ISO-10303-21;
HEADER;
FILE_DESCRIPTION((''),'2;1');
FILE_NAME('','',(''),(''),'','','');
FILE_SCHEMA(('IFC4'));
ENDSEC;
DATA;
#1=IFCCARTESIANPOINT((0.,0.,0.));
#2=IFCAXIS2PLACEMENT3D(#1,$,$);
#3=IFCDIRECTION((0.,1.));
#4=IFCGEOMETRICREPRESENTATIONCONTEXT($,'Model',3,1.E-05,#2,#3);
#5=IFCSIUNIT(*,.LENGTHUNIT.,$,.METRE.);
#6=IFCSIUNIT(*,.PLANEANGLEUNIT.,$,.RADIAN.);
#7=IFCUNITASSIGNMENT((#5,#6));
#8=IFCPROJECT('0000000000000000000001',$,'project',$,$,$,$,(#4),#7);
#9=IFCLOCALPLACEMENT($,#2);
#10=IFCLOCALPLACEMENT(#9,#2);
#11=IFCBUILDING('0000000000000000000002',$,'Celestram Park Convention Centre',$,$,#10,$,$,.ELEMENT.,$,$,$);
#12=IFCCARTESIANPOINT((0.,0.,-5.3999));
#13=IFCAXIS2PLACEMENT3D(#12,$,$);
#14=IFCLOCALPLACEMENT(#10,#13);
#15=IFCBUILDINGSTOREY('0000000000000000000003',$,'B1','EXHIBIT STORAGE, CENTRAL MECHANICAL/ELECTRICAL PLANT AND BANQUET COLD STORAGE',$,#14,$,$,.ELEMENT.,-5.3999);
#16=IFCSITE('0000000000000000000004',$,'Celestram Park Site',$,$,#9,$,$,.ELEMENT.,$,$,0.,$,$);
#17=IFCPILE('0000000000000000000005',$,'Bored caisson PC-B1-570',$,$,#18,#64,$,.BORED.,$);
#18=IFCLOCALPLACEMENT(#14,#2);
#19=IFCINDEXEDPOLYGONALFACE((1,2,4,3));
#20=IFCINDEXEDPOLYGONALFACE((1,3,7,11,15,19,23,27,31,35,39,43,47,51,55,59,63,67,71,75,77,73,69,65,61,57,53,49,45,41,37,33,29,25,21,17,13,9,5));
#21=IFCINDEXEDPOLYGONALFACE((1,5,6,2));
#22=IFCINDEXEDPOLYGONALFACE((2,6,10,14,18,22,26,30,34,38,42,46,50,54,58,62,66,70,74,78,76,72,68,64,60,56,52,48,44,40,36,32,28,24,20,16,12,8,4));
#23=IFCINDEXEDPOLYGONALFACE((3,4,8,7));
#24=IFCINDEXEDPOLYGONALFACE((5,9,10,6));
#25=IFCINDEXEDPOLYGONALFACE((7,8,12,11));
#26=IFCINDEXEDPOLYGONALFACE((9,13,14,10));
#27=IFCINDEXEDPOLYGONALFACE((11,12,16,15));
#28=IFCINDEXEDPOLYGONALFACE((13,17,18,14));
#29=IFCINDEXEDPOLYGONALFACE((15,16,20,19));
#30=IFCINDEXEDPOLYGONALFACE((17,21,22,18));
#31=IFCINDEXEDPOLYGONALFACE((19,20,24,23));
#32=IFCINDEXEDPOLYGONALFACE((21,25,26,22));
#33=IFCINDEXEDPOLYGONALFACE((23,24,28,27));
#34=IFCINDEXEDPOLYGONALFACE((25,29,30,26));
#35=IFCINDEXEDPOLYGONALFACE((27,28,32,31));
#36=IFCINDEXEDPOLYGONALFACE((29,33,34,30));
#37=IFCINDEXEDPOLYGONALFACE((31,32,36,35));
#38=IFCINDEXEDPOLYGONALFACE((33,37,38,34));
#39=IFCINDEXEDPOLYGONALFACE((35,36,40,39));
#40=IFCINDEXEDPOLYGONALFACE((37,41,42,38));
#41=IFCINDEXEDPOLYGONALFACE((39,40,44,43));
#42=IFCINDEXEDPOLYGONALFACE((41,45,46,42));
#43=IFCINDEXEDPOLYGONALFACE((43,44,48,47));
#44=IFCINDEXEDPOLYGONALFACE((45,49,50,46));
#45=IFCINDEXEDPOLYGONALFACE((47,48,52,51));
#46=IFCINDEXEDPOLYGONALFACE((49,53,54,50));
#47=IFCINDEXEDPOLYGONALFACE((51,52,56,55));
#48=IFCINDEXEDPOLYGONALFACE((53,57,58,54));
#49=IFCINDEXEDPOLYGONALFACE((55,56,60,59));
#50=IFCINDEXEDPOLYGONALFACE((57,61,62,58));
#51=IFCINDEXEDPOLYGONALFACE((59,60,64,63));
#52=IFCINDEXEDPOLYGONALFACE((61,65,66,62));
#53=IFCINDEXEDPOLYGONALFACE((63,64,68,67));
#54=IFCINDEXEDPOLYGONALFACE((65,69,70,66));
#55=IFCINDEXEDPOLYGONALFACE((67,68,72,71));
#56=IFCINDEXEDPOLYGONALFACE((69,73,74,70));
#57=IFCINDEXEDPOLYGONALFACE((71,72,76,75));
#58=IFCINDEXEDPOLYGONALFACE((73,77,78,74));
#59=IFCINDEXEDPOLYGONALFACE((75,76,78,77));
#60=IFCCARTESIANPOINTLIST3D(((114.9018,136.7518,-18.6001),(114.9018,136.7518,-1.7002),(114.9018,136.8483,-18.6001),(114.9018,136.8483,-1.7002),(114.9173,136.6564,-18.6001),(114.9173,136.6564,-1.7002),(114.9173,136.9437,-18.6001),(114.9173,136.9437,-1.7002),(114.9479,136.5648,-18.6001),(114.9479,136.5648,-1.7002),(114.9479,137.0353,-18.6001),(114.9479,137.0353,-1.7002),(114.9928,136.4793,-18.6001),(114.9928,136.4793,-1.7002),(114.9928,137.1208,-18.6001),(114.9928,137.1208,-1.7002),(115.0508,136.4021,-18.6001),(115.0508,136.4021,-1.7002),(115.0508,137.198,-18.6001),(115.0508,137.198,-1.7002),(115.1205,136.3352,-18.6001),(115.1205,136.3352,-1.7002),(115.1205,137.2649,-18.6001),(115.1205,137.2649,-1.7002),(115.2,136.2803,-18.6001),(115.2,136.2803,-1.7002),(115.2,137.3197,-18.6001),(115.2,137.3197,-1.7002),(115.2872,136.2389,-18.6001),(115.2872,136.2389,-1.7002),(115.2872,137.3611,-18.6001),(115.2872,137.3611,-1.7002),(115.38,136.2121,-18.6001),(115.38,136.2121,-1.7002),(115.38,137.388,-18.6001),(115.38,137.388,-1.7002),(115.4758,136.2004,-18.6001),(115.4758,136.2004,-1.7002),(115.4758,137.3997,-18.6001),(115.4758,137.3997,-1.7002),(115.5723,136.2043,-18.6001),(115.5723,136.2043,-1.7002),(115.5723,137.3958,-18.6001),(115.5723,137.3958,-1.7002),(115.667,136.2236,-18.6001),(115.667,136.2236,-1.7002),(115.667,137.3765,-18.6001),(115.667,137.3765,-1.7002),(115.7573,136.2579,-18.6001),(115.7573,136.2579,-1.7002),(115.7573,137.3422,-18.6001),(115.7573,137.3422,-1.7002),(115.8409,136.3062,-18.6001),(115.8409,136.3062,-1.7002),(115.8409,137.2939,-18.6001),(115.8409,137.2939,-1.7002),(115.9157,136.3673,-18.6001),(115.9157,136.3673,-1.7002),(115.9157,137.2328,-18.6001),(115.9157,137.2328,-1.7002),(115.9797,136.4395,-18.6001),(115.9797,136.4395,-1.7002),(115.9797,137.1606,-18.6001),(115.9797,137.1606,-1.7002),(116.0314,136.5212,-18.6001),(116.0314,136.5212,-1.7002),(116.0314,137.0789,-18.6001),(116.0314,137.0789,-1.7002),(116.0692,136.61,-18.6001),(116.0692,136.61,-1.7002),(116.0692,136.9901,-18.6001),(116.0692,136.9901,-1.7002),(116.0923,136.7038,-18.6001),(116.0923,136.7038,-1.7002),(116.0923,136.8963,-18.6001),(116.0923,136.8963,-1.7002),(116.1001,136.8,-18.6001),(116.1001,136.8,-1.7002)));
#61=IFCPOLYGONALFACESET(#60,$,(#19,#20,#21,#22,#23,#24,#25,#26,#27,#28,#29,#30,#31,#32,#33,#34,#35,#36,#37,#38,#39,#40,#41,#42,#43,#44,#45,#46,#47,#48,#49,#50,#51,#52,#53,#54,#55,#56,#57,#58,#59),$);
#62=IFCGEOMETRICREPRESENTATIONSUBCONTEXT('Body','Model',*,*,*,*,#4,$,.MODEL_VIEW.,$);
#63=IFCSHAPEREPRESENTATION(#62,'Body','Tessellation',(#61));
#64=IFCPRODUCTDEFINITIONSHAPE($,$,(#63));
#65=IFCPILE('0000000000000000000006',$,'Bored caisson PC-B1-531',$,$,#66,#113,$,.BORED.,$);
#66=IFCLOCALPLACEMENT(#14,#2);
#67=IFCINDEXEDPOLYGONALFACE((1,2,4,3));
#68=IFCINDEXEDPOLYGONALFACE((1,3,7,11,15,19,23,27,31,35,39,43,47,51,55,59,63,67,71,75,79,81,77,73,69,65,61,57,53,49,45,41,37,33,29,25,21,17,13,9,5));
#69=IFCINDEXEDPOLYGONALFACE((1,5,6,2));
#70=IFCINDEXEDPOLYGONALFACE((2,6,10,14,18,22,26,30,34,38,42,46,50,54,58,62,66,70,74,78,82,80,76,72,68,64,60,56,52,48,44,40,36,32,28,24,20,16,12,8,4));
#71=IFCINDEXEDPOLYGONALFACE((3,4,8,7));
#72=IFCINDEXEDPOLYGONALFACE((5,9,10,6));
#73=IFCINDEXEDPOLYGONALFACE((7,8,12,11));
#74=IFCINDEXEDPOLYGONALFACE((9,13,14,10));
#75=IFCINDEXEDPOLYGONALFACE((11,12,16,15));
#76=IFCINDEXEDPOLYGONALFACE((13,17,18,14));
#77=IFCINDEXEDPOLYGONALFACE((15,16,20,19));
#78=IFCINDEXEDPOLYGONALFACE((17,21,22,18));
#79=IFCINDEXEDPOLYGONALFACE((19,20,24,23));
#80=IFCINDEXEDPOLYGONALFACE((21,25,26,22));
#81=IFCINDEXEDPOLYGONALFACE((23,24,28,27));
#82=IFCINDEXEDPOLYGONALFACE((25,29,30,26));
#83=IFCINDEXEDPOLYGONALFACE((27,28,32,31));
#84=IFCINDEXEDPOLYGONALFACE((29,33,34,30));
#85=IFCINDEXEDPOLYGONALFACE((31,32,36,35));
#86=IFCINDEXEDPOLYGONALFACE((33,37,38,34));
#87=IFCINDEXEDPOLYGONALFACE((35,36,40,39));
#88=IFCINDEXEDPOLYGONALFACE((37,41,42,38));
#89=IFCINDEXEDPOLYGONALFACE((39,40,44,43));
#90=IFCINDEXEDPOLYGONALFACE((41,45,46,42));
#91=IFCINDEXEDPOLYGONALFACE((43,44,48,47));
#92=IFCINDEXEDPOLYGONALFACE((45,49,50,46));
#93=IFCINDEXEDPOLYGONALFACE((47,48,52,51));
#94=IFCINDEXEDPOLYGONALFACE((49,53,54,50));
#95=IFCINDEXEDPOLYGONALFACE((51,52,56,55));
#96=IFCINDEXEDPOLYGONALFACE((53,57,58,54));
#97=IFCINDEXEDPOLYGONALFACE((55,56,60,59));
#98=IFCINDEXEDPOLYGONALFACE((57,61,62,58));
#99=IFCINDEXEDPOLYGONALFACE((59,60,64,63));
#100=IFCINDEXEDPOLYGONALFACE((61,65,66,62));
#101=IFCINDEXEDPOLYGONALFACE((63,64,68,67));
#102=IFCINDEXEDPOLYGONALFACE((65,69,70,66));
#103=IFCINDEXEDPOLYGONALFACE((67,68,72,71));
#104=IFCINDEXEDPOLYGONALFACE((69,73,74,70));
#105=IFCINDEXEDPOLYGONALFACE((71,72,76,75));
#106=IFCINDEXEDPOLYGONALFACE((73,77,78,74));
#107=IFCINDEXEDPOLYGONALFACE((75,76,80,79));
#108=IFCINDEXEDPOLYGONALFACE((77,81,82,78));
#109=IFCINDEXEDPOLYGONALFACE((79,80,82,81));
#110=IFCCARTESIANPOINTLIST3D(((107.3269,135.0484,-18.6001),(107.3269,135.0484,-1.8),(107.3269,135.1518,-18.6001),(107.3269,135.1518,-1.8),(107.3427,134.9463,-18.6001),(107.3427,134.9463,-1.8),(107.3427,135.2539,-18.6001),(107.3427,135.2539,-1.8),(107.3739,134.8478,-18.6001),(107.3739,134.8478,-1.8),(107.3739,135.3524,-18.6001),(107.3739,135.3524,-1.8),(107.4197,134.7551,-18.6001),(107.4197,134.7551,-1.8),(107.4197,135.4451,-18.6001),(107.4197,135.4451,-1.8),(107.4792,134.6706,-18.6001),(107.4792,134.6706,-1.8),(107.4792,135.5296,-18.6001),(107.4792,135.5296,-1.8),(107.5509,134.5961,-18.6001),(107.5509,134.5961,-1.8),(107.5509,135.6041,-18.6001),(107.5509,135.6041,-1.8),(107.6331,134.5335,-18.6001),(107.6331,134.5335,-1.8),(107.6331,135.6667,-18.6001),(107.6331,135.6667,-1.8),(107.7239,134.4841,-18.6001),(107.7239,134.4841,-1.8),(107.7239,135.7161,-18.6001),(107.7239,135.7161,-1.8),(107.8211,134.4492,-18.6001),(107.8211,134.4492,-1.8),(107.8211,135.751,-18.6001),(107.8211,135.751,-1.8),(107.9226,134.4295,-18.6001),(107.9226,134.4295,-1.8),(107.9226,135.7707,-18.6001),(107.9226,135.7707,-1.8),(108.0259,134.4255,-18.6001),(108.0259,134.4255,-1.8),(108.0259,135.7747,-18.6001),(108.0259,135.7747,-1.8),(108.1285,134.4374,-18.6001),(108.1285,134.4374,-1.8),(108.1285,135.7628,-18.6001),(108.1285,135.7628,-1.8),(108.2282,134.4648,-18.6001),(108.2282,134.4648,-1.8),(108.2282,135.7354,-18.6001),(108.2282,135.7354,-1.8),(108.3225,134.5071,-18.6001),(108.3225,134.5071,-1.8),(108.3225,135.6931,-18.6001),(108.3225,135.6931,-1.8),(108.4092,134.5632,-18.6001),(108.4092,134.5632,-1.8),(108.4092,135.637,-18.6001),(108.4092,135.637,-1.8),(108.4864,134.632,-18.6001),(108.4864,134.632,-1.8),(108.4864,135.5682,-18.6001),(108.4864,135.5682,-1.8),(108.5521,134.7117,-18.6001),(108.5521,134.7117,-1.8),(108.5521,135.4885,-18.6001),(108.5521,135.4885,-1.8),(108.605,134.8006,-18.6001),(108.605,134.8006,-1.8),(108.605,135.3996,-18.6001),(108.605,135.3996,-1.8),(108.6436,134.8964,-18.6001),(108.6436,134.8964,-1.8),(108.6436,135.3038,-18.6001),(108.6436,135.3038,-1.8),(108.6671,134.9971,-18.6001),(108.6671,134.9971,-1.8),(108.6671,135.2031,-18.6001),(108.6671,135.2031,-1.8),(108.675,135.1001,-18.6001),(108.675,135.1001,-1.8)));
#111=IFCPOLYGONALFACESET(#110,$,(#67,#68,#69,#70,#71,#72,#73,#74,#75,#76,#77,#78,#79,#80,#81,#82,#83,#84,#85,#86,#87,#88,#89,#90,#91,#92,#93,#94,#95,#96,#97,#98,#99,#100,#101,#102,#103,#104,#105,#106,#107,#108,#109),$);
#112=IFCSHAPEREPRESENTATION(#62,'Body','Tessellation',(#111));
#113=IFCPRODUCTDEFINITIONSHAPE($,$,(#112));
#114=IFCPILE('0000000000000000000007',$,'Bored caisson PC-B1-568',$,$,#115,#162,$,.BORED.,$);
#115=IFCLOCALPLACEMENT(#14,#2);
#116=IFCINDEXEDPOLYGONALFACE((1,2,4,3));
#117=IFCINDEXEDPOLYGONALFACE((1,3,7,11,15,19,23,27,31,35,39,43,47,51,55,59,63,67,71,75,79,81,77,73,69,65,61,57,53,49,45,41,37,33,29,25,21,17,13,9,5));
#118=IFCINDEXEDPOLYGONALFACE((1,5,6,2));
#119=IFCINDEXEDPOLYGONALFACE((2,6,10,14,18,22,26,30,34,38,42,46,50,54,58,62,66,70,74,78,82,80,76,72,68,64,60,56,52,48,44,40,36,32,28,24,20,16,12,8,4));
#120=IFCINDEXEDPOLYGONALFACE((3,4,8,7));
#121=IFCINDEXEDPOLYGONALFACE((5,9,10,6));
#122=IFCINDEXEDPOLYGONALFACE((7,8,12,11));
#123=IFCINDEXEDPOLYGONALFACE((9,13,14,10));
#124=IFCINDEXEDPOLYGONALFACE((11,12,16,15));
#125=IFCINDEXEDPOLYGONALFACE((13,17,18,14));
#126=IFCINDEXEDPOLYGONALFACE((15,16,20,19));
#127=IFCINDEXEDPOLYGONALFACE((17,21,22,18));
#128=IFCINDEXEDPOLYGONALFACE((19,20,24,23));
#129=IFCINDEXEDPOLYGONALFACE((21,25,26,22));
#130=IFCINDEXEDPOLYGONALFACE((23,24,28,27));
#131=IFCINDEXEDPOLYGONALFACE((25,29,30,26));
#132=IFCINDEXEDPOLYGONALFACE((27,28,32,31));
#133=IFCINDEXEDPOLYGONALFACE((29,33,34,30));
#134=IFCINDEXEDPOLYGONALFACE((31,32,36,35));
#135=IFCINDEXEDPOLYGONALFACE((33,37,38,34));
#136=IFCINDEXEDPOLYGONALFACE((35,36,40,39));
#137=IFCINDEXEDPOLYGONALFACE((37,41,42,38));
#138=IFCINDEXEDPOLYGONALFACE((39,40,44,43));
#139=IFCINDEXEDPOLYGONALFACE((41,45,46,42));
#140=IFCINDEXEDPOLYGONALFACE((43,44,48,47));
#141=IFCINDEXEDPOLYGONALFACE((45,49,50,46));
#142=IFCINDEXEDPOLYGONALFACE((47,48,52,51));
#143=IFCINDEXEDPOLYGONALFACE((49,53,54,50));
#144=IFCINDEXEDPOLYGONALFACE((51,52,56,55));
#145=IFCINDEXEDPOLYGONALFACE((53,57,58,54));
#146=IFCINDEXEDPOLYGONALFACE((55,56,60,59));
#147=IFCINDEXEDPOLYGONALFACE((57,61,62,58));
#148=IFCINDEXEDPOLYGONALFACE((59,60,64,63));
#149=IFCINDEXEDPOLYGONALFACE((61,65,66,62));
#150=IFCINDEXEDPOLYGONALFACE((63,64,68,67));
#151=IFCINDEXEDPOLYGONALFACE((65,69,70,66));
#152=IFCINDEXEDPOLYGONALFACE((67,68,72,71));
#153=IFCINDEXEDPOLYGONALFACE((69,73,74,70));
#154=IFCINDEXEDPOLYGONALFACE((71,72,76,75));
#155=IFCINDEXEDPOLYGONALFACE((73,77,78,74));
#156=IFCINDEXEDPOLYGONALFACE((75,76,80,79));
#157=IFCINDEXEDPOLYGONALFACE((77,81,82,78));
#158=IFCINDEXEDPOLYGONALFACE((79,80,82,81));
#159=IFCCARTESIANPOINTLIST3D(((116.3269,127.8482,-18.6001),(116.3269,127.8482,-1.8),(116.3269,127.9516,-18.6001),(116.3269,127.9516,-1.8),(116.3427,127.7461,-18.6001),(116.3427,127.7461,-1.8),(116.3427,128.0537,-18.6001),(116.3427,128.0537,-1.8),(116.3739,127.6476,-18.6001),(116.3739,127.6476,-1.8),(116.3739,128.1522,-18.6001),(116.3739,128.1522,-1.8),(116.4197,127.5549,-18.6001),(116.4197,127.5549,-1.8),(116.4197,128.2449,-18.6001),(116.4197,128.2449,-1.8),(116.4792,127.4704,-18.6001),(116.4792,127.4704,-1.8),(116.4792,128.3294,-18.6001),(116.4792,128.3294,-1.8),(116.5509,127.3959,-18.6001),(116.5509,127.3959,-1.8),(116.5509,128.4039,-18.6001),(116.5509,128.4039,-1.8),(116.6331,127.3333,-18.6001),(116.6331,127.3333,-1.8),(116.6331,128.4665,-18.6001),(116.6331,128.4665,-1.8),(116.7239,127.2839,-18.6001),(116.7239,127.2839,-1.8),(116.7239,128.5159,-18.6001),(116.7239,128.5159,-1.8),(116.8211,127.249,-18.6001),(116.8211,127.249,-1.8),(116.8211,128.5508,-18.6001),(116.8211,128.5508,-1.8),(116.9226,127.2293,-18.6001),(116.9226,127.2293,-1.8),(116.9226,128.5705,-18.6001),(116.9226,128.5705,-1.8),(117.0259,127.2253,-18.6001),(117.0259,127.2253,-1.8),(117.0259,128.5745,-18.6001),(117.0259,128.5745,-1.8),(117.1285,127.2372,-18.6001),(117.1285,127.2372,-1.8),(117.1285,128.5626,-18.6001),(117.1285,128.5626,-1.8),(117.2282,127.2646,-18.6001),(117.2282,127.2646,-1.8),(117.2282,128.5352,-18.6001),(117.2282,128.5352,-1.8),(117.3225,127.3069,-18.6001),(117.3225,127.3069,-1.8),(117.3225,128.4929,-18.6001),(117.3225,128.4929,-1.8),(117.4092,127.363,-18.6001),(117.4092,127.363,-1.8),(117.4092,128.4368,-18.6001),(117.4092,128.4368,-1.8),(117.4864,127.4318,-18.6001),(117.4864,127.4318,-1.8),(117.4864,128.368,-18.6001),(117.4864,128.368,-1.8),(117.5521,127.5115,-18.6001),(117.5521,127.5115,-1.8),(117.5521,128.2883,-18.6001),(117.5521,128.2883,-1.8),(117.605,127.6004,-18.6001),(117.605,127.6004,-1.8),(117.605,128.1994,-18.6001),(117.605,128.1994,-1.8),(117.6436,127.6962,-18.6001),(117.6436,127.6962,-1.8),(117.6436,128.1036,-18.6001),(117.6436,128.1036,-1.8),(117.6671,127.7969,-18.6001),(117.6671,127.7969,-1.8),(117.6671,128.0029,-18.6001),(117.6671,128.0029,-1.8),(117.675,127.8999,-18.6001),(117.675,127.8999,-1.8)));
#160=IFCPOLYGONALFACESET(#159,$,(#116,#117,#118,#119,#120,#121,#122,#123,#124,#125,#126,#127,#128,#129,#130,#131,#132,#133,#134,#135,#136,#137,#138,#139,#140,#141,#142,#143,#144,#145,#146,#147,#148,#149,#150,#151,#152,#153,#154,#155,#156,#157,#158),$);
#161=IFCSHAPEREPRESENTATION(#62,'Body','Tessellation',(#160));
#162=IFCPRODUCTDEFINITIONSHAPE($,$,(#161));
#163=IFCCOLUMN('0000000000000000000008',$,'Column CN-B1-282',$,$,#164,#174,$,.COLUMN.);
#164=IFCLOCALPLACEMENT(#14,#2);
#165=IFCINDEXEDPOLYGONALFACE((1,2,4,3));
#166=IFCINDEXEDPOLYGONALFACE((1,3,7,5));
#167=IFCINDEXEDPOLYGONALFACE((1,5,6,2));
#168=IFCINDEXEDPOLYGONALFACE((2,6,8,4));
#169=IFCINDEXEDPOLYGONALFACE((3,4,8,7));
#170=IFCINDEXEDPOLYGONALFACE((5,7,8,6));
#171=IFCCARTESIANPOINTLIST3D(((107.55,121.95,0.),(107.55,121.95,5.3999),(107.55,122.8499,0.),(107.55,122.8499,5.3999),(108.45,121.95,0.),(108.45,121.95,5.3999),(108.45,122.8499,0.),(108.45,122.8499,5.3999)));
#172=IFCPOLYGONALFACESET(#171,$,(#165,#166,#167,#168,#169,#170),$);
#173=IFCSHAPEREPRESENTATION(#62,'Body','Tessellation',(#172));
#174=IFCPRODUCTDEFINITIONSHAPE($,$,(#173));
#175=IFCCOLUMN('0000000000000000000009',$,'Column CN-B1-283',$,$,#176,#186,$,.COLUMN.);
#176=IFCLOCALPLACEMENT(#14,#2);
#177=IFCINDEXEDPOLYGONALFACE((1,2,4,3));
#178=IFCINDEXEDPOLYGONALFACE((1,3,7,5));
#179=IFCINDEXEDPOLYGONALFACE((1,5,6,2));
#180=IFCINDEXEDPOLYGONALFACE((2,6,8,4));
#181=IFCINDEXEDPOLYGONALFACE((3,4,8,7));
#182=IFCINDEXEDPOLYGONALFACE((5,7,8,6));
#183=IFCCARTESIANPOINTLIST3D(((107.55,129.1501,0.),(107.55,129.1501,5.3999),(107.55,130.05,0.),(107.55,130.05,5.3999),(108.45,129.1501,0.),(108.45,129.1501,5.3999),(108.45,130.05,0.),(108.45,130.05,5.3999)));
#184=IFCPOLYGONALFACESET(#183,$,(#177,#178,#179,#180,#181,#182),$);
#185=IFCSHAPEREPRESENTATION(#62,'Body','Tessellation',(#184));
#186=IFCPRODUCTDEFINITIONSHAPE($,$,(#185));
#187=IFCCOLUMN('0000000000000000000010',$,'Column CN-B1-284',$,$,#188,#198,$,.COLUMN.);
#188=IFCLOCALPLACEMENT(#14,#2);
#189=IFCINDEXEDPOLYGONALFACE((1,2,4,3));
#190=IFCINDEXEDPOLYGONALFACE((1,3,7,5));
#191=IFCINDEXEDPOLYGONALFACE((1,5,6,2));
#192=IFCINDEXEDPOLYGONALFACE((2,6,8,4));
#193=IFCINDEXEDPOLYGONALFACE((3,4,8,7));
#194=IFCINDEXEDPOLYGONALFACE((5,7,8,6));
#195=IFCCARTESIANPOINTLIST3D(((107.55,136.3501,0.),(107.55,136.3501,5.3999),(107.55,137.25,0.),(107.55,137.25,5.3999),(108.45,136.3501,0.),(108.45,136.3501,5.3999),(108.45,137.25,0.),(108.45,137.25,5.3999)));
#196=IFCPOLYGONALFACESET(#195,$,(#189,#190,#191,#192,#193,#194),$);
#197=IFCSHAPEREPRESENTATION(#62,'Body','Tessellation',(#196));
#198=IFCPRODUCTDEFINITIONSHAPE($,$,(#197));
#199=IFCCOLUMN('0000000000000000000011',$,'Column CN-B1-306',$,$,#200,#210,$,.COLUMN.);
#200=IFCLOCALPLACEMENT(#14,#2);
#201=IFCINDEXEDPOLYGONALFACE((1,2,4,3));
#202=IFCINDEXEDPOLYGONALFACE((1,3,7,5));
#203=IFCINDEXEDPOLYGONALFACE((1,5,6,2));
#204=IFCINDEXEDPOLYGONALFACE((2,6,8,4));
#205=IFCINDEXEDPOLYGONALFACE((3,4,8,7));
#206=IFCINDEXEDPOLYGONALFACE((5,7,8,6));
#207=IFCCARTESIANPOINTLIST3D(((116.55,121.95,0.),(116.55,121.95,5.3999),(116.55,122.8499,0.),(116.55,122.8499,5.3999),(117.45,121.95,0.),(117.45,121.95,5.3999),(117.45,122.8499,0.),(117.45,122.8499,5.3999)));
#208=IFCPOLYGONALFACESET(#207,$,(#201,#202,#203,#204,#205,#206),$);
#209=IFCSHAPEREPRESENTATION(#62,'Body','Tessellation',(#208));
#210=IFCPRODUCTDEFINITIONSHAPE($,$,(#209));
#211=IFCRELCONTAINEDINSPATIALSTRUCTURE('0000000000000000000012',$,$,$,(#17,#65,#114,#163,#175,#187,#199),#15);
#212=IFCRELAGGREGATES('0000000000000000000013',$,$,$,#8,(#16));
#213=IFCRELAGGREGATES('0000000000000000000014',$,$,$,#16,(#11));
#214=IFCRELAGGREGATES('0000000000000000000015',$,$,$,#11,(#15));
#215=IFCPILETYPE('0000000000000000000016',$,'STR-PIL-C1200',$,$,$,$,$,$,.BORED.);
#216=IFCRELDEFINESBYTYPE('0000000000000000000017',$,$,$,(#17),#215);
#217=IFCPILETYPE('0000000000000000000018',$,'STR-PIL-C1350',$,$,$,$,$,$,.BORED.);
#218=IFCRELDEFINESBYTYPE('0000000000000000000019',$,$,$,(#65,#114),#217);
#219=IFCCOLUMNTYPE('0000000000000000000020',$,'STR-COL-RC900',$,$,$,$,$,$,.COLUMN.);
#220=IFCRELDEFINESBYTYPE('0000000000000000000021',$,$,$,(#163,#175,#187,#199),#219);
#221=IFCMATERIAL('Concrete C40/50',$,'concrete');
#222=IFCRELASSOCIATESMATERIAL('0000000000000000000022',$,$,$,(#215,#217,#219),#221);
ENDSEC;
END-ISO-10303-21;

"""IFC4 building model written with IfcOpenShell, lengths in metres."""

from ifc_helpers import new_model, si_unit, direction, frame, origin, origin_2d, place, context, subcontext, project, spatial, rectangle, circle, extrude, material, material_profile, profile_set, type_object, element, save


model = new_model("IFC4")

# Units and contexts
model_context = context("Model", 3, precision=1e-05, world=origin(), true_north=direction((0.0, 1.0)))
body_context = subcontext(model_context, "Body", "Model", "MODEL_VIEW")
ifc_project = project(units=[si_unit("LENGTHUNIT", "METRE"), si_unit("PLANEANGLEUNIT", "RADIAN")], contexts=[model_context])

# Site, building, storey
site_placement = place(None, origin())
site = spatial("IfcSite", under=ifc_project, at=site_placement, Name="Celestram Park Site", CompositionType="ELEMENT", RefElevation=0.0)
building_placement = place(site_placement, origin())
building = spatial("IfcBuilding", under=site, at=building_placement, Name="Celestram Park Convention Centre", CompositionType="ELEMENT")
storey_placement = place(building_placement, frame((0.0, 0.0, -5.3999)))
storey = spatial("IfcBuildingStorey", under=building, at=storey_placement, Name="B1", Description="EXHIBIT STORAGE, CENTRAL MECHANICAL/ELECTRICAL PLANT AND BANQUET COLD STORAGE", CompositionType="ELEMENT", Elevation=-5.3999)

# Shared definitions
ifc_material_1 = material(Name="Concrete C40/50", Category="concrete")

# Piles
ifc_material_profile_1 = material_profile(ifc_material_1, circle(Radius=0.6001, at=origin_2d()), Name="CAISSON1200")
ifc_profile_set_1 = profile_set([ifc_material_profile_1], Name="Concrete C40/50")
pile_type_1 = type_object("IfcPileType", Name="STR-PIL-C1200", PredefinedType="BORED", material=ifc_profile_set_1)
pile_1_placement = place(storey_placement, frame((115.5, 136.8, -1.7002), z_axis=(0.0, 0.0, -1.0), x_axis=(1.0, 0.0, 0.0)))
element("IfcPile", 1, at=pile_1_placement, inside=storey, type_object=pile_type_1, Name="Bored caisson PC-B1-570", PredefinedType="BORED", context=body_context, shape_type="SweptSolid", body=[
    extrude(circle(Radius=0.6001, at=origin_2d()), origin(), (0.0, 0.0, 1.0), 16.8999),
])
ifc_material_profile_2 = material_profile(ifc_material_1, circle(Radius=0.675, at=origin_2d()), Name="CAISSON1350")
ifc_profile_set_2 = profile_set([ifc_material_profile_2], Name="Concrete C40/50")
pile_type_2 = type_object("IfcPileType", Name="STR-PIL-C1350", PredefinedType="BORED", material=ifc_profile_set_2)
for number, where, z_axis, x_axis, name in (
    (2, (108.0, 135.1001, -1.8), (0.0, 0.0, -1.0), (1.0, 0.0, 0.0), "Bored caisson PC-B1-531"),
    (3, (117.0, 127.8999, -1.8), (0.0, 0.0, -1.0), (1.0, 0.0, 0.0), "Bored caisson PC-B1-568"),
):
    element("IfcPile", number, at=place(storey_placement, frame(where, z_axis=z_axis, x_axis=x_axis)), inside=storey, type_object=pile_type_2, Name=name, PredefinedType="BORED", context=body_context, shape_type="SweptSolid", body=[
        extrude(circle(Radius=0.675, at=origin_2d()), origin(), (0.0, 0.0, 1.0), 16.8),
    ])

# Columns
ifc_material_profile_3 = material_profile(ifc_material_1, rectangle(XDim=0.8999, YDim=0.8999, at=origin_2d()), Name="RC900X900")
ifc_profile_set_3 = profile_set([ifc_material_profile_3], Name="Concrete C40/50")
column_type = type_object("IfcColumnType", Name="STR-COL-RC900", PredefinedType="COLUMN", material=ifc_profile_set_3)
for number, where, z_axis, x_axis, name in (
    (4, (108.0, 122.3999, 0.0), (0.0, 0.0, 1.0), (1.0, 0.0, 0.0), "Column CN-B1-282"),
    (5, (108.0, 129.6001, 0.0), (0.0, 0.0, 1.0), (1.0, 0.0, 0.0), "Column CN-B1-283"),
    (6, (108.0, 136.8, 0.0), (0.0, 0.0, 1.0), (1.0, 0.0, 0.0), "Column CN-B1-284"),
    (7, (117.0, 122.3999, 0.0), (0.0, 0.0, 1.0), (1.0, 0.0, 0.0), "Column CN-B1-306"),
):
    element("IfcColumn", number, at=place(storey_placement, frame(where, z_axis=z_axis, x_axis=x_axis)), inside=storey, type_object=column_type, Name=name, PredefinedType="COLUMN", context=body_context, shape_type="SweptSolid", body=[
        extrude(rectangle(XDim=0.8999, YDim=0.8999, at=origin_2d()), origin(), (0.0, 0.0, 1.0), 5.3999),
    ])

save(model, "model.ifc")
